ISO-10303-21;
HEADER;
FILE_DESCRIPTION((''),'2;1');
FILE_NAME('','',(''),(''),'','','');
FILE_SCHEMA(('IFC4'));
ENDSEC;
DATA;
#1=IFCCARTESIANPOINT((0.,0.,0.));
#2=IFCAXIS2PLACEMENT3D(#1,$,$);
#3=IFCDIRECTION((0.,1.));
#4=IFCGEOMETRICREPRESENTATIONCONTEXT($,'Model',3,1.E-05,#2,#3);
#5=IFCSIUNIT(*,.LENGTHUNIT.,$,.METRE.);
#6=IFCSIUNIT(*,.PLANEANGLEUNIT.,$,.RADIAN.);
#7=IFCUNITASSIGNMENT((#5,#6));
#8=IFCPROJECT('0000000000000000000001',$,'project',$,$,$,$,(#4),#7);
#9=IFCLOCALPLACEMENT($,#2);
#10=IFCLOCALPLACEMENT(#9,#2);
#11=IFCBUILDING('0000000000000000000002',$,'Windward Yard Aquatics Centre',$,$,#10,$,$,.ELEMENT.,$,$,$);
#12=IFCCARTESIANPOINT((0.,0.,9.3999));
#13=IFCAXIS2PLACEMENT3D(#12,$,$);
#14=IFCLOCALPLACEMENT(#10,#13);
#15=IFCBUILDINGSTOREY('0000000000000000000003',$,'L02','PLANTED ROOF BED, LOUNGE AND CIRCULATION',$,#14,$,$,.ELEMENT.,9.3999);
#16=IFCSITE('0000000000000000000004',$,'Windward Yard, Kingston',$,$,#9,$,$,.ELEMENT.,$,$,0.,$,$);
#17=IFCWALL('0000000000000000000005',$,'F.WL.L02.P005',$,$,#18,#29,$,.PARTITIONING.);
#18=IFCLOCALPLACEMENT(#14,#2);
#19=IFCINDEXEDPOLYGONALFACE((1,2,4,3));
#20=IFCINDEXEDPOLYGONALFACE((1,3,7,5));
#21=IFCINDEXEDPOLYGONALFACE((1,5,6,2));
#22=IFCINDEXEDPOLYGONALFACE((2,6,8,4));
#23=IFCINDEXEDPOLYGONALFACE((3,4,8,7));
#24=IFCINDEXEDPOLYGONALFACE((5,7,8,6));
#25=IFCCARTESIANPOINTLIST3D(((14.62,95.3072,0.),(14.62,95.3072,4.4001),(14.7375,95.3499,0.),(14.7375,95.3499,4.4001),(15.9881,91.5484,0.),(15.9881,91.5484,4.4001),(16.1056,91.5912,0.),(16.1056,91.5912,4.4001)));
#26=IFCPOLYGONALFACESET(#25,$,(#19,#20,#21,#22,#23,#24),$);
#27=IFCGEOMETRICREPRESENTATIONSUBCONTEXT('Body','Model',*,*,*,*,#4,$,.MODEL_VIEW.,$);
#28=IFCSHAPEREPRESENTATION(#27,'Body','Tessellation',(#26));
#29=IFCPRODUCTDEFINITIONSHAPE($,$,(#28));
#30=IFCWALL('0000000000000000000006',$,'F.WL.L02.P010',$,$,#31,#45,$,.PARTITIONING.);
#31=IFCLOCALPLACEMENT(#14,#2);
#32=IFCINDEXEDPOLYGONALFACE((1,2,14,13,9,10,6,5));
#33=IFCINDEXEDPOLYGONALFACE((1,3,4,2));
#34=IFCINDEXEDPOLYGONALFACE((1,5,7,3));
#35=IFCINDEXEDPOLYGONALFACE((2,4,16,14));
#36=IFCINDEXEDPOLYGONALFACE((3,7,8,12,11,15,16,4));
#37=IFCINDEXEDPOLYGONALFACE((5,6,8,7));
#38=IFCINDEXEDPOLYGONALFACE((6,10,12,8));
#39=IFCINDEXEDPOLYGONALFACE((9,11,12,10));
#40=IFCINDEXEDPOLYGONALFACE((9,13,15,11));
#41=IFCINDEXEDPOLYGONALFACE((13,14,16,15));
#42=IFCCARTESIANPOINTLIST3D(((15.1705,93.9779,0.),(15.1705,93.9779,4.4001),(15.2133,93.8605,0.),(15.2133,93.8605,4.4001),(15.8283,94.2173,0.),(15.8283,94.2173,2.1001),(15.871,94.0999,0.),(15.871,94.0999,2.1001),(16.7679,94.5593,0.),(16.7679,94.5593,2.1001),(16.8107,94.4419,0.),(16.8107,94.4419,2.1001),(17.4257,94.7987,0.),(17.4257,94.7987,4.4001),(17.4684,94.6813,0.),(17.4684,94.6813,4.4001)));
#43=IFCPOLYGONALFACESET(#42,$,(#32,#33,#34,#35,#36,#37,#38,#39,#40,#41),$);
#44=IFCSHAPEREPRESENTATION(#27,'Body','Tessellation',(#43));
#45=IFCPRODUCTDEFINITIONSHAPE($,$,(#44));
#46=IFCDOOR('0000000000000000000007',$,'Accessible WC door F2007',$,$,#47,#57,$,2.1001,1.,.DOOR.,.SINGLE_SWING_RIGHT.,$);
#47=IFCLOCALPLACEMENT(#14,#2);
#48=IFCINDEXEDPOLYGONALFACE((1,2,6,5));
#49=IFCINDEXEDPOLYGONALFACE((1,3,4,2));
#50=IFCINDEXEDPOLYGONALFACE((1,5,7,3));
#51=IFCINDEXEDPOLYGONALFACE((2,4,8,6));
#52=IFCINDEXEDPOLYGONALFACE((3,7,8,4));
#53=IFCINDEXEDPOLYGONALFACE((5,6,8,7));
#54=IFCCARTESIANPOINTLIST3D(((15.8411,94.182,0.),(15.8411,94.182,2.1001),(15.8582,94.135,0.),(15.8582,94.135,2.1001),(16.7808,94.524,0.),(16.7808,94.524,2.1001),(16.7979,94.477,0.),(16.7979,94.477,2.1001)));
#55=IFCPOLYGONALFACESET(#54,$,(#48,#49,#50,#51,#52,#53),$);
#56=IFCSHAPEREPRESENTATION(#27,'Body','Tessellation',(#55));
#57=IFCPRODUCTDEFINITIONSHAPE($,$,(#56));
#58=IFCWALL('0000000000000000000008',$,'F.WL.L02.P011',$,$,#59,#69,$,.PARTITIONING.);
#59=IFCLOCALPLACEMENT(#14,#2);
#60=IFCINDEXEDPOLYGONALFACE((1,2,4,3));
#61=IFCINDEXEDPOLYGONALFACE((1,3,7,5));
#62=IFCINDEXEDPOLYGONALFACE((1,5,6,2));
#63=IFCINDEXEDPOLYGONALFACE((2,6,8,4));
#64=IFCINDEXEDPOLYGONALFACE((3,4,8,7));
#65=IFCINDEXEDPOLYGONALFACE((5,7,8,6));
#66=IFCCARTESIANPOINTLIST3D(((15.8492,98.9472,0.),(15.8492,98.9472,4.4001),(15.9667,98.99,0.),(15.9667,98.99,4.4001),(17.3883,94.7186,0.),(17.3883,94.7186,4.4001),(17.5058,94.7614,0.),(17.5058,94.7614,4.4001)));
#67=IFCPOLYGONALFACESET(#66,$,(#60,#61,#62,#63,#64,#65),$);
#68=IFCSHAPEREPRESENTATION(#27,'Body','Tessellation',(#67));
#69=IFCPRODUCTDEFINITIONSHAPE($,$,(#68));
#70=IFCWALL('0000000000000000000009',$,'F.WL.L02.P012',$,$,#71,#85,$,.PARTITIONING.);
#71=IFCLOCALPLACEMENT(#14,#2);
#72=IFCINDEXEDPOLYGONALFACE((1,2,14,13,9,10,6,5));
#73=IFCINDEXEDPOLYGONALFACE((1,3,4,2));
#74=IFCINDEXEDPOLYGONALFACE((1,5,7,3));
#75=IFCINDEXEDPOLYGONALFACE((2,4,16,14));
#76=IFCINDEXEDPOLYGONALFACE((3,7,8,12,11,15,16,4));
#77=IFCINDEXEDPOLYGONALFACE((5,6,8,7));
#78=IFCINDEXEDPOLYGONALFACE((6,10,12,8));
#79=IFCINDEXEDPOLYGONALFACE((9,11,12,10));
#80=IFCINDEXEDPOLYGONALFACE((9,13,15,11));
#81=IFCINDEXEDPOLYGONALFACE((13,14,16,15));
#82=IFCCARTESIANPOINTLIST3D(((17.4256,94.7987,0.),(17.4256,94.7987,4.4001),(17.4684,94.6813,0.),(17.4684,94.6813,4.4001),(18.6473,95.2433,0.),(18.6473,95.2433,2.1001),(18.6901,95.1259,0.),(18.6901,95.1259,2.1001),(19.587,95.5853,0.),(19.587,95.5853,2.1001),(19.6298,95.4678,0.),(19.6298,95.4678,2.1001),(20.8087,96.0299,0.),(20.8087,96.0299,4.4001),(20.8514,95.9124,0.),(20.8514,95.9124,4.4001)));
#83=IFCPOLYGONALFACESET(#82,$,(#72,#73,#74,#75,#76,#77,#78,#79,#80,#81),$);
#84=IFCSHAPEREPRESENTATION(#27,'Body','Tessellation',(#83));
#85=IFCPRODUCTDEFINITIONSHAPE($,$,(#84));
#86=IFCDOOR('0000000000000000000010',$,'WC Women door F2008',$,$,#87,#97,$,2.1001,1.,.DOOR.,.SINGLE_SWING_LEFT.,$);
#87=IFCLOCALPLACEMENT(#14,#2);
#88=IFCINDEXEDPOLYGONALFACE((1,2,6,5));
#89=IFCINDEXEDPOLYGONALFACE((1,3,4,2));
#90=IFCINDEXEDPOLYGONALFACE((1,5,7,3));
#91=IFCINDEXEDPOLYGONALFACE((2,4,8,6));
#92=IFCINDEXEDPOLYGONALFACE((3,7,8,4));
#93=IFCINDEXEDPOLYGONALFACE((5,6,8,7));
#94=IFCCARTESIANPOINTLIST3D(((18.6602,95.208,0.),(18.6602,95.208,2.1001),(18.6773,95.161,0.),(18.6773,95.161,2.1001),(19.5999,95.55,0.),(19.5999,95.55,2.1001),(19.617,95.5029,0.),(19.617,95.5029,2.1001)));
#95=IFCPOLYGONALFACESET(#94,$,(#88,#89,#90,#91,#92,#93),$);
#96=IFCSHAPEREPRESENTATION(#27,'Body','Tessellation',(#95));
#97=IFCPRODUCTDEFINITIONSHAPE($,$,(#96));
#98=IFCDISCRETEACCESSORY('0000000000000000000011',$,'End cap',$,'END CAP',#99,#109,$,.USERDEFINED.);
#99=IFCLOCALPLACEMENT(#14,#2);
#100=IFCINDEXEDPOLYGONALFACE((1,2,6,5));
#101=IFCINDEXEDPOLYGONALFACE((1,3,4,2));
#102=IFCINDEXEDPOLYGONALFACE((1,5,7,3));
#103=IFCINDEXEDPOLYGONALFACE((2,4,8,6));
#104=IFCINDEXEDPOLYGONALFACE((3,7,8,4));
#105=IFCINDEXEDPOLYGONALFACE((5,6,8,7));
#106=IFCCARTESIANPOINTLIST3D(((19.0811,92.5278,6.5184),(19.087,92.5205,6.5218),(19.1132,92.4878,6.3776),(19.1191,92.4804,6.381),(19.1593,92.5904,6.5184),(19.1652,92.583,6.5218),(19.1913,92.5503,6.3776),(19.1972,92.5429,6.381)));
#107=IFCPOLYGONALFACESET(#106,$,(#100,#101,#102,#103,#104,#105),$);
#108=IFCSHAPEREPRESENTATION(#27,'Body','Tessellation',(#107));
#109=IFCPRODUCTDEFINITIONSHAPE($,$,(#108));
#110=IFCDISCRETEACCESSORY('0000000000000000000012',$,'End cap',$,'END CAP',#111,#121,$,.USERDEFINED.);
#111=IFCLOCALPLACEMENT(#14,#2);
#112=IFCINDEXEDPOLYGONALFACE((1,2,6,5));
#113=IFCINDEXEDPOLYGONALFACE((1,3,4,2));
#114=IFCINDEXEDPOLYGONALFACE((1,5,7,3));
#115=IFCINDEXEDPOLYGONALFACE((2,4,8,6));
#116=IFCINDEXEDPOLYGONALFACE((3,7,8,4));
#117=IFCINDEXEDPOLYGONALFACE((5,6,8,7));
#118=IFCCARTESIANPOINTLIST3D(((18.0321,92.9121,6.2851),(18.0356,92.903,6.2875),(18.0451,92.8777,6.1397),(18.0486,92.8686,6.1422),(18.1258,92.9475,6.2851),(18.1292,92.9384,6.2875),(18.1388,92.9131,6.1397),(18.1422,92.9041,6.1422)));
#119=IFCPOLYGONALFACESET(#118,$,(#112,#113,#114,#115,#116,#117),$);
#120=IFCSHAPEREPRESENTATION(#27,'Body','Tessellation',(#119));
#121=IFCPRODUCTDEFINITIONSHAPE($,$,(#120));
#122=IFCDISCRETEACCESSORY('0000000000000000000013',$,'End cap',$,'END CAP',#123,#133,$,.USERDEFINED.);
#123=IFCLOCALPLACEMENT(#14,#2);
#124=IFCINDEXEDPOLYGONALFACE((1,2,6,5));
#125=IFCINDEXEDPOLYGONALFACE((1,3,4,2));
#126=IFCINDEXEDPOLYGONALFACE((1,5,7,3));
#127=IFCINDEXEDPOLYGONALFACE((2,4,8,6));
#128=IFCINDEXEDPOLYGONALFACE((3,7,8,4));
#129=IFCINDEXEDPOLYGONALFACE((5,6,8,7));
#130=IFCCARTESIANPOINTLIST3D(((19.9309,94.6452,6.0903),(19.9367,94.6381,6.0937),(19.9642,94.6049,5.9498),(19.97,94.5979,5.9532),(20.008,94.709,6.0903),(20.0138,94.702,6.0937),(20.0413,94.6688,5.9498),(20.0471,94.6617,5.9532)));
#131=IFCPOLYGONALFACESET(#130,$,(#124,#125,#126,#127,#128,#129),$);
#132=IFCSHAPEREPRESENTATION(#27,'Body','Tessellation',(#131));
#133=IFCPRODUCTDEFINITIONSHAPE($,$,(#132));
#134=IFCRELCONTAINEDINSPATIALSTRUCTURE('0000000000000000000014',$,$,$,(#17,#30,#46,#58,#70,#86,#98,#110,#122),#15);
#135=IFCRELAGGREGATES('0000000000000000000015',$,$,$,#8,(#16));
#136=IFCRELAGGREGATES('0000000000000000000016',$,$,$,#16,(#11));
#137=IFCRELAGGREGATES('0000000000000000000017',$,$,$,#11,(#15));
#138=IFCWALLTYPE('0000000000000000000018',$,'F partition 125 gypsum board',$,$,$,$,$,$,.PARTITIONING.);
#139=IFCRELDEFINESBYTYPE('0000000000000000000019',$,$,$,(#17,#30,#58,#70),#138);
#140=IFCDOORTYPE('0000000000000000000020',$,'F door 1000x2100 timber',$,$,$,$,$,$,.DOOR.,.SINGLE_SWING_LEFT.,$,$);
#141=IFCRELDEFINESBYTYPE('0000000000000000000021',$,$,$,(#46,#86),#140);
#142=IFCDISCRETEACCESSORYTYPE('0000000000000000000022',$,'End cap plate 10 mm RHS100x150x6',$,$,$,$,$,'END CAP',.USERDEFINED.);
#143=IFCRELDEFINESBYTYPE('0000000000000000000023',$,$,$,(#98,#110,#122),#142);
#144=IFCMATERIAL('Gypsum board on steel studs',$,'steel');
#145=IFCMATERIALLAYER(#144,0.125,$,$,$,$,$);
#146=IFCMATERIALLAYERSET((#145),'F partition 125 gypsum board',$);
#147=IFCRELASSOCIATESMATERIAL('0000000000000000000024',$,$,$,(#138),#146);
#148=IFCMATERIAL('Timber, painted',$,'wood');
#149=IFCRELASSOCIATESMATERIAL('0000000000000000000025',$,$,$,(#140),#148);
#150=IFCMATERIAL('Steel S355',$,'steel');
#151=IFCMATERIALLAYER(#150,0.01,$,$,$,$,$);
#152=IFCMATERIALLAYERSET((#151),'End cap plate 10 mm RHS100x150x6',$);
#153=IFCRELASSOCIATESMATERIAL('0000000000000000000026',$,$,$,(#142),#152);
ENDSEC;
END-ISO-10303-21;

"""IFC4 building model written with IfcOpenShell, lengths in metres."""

from ifc_helpers import new_model, si_unit, direction, frame, frame_2d, origin, origin_2d, place, context, subcontext, project, spatial, rectangle, extrude, material, layer, layer_set, type_object, element, fill, save


model = new_model("IFC4")

# Units and contexts
model_context = context("Model", 3, precision=1e-05, world=origin(), true_north=direction((0.0, 1.0)))
body_context = subcontext(model_context, "Body", "Model", "MODEL_VIEW")
ifc_project = project(units=[si_unit("LENGTHUNIT", "METRE"), si_unit("PLANEANGLEUNIT", "RADIAN")], contexts=[model_context])

# Site, building, storey
site_placement = place(None, origin())
site = spatial("IfcSite", under=ifc_project, at=site_placement, Name="Windward Yard, Kingston", CompositionType="ELEMENT", RefElevation=0.0)
building_placement = place(site_placement, origin())
building = spatial("IfcBuilding", under=site, at=building_placement, Name="Windward Yard Aquatics Centre", CompositionType="ELEMENT")
storey_placement = place(building_placement, frame((0.0, 0.0, 9.3999)))
storey = spatial("IfcBuildingStorey", under=building, at=storey_placement, Name="L02", Description="PLANTED ROOF BED, LOUNGE AND CIRCULATION", CompositionType="ELEMENT", Elevation=9.3999)

# Shared definitions
ifc_material_1 = material(Name="Steel S355", Category="steel")

# Wall
ifc_material_2 = material(Name="Gypsum board on steel studs", Category="steel")
ifc_layer_1 = layer(ifc_material_2, 0.125)
ifc_layer_set_1 = layer_set([ifc_layer_1], Name="F partition 125 gypsum board")
wall_type = type_object("IfcWallType", Name="F partition 125 gypsum board", PredefinedType="PARTITIONING", material=ifc_layer_set_1)
wall_1_placement = place(storey_placement, frame((16.0469, 91.5698, 0.0), z_axis=(0.0, 0.0, 1.0), x_axis=(-0.342037, 0.939686, 0.0)))
element("IfcWall", 1, at=wall_1_placement, inside=storey, type_object=wall_type, Name="F.WL.L02.P005", PredefinedType="PARTITIONING", context=body_context, shape_type="SweptSolid", body=[
    extrude(rectangle(XDim=4.0, YDim=0.125, at=frame_2d((2.0, 0.0))), origin(), (0.0, 0.0, 1.0), 4.4001),
])

# Wall, opening, door
wall_2_placement = place(storey_placement, frame((15.1919, 93.9192, 0.0), z_axis=(0.0, 0.0, 1.0), x_axis=(0.939692, 0.342021, 0.0)))
wall_2 = element("IfcWall", 2, at=wall_2_placement, inside=storey, type_object=wall_type, Name="F.WL.L02.P010", PredefinedType="PARTITIONING", context=body_context, shape_type="SweptSolid", body=[
    extrude(rectangle(XDim=2.3999, YDim=0.125, at=frame_2d((1.2, 0.0))), origin(), (0.0, 0.0, 1.0), 4.4001),
])
opening_1_placement = place(wall_2_placement, frame((0.7, 0.0, 0.0)))
opening_1 = element("IfcOpeningElement", 3, at=opening_1_placement, cuts=wall_2, PredefinedType="OPENING", context=body_context, shape_type="SweptSolid", body=[
    extrude(rectangle(XDim=1.0, YDim=2.1001, at=frame_2d((0.5, 1.05))), frame((0.0, 0.0725, 0.0), z_axis=(0.0, -1.0, 0.0), x_axis=(1.0, 0.0, 0.0)), (0.0, 0.0, 1.0), 0.145),
])
ifc_material_3 = material(Name="Timber, painted", Category="wood")
door_type = type_object("IfcDoorType", Name="F door 1000x2100 timber", OperationType="SINGLE_SWING_LEFT", PredefinedType="DOOR", material=ifc_material_3)
door_1_placement = place(opening_1_placement, origin())
door_1 = element("IfcDoor", 4, at=door_1_placement, inside=storey, type_object=door_type, Name="Accessible WC door F2007", OperationType="SINGLE_SWING_RIGHT", OverallHeight=2.1001, OverallWidth=1.0, PredefinedType="DOOR", context=body_context, shape_type="SweptSolid", body=[
    extrude(rectangle(XDim=1.0, YDim=2.1001, at=frame_2d((0.5, 1.05))), frame((0.0, 0.0249, 0.0), z_axis=(0.0, -1.0, 0.0), x_axis=(1.0, 0.0, 0.0)), (0.0, 0.0, 1.0), 0.05),
])
fill(opening_1, door_1)

# Wall
wall_3_placement = place(storey_placement, frame((17.447, 94.74, 0.0), z_axis=(0.0, 0.0, 1.0), x_axis=(-0.342022, 0.939692, 0.0)))
element("IfcWall", 5, at=wall_3_placement, inside=storey, type_object=wall_type, Name="F.WL.L02.P011", PredefinedType="PARTITIONING", context=body_context, shape_type="SweptSolid", body=[
    extrude(rectangle(XDim=4.5, YDim=0.125, at=frame_2d((2.25, 0.0))), origin(), (0.0, 0.0, 1.0), 4.4001),
])

# Wall, opening, door
wall_4_placement = place(storey_placement, frame((17.447, 94.74, 0.0), z_axis=(0.0, 0.0, 1.0), x_axis=(0.939704, 0.341988, 0.0)))
wall_4 = element("IfcWall", 6, at=wall_4_placement, inside=storey, type_object=wall_type, Name="F.WL.L02.P012", PredefinedType="PARTITIONING", context=body_context, shape_type="SweptSolid", body=[
    extrude(rectangle(XDim=3.6001, YDim=0.125, at=frame_2d((1.8, 0.0))), origin(), (0.0, 0.0, 1.0), 4.4001),
])
opening_2_placement = place(wall_4_placement, frame((1.3, 0.0, 0.0)))
opening_2 = element("IfcOpeningElement", 7, at=opening_2_placement, cuts=wall_4, PredefinedType="OPENING", context=body_context, shape_type="SweptSolid", body=[
    extrude(rectangle(XDim=1.0, YDim=2.1001, at=frame_2d((0.5, 1.05))), frame((0.0, 0.0725, 0.0), z_axis=(0.0, -1.0, 0.0), x_axis=(1.0, 0.0, 0.0)), (0.0, 0.0, 1.0), 0.145),
])
door_2_placement = place(opening_2_placement, origin())
door_2 = element("IfcDoor", 8, at=door_2_placement, inside=storey, type_object=door_type, Name="WC Women door F2008", OperationType="SINGLE_SWING_LEFT", OverallHeight=2.1001, OverallWidth=1.0, PredefinedType="DOOR", context=body_context, shape_type="SweptSolid", body=[
    extrude(rectangle(XDim=1.0, YDim=2.1001, at=frame_2d((0.5, 1.05))), frame((0.0, 0.0249, 0.0), z_axis=(0.0, -1.0, 0.0), x_axis=(1.0, 0.0, 0.0)), (0.0, 0.0, 1.0), 0.05),
])
fill(opening_2, door_2)

# Discrete accessories
ifc_layer_2 = layer(ifc_material_1, 0.01)
ifc_layer_set_2 = layer_set([ifc_layer_2], Name="End cap plate 10 mm RHS100x150x6")
discrete_accessory_type = type_object("IfcDiscreteAccessoryType", Name="End cap plate 10 mm RHS100x150x6", ElementType="END CAP", PredefinedType="USERDEFINED", material=ifc_layer_set_2)
for number, where, z_axis, x_axis, name in (
    (9, (19.1362, 92.5391, 6.448), (0.586939, -0.733674, 0.342381), (0.780869, 0.624695, 0.0), "End cap"),
    (10, (18.0854, 92.9126, 6.2124), (0.3431, -0.906765, 0.245072), (0.935286, 0.353892, 0.0), "End cap"),
):
    element("IfcDiscreteAccessory", number, at=place(storey_placement, frame(where, z_axis=z_axis, x_axis=x_axis)), inside=storey, type_object=discrete_accessory_type, Name=name, ObjectType="END CAP", PredefinedType="USERDEFINED", context=body_context, shape_type="SweptSolid", body=[
        extrude(rectangle(XDim=0.1001, YDim=0.1499, at=origin_2d()), origin(), (0.0, 0.0, 1.0), 0.01),
    ])
discrete_accessory_placement = place(storey_placement, frame((19.9861, 94.657, 6.02), z_axis=(0.597577, -0.722073, 0.348587), x_axis=(0.770394, 0.637568, 0.0)))
element("IfcDiscreteAccessory", 11, at=discrete_accessory_placement, inside=storey, type_object=discrete_accessory_type, Name="End cap", ObjectType="END CAP", PredefinedType="USERDEFINED", context=body_context, shape_type="SweptSolid", body=[
    extrude(rectangle(XDim=0.1001, YDim=0.1499, at=origin_2d()), origin(), (0.0, 0.0, 1.0), 0.0098),
])

save(model, "model.ifc")
